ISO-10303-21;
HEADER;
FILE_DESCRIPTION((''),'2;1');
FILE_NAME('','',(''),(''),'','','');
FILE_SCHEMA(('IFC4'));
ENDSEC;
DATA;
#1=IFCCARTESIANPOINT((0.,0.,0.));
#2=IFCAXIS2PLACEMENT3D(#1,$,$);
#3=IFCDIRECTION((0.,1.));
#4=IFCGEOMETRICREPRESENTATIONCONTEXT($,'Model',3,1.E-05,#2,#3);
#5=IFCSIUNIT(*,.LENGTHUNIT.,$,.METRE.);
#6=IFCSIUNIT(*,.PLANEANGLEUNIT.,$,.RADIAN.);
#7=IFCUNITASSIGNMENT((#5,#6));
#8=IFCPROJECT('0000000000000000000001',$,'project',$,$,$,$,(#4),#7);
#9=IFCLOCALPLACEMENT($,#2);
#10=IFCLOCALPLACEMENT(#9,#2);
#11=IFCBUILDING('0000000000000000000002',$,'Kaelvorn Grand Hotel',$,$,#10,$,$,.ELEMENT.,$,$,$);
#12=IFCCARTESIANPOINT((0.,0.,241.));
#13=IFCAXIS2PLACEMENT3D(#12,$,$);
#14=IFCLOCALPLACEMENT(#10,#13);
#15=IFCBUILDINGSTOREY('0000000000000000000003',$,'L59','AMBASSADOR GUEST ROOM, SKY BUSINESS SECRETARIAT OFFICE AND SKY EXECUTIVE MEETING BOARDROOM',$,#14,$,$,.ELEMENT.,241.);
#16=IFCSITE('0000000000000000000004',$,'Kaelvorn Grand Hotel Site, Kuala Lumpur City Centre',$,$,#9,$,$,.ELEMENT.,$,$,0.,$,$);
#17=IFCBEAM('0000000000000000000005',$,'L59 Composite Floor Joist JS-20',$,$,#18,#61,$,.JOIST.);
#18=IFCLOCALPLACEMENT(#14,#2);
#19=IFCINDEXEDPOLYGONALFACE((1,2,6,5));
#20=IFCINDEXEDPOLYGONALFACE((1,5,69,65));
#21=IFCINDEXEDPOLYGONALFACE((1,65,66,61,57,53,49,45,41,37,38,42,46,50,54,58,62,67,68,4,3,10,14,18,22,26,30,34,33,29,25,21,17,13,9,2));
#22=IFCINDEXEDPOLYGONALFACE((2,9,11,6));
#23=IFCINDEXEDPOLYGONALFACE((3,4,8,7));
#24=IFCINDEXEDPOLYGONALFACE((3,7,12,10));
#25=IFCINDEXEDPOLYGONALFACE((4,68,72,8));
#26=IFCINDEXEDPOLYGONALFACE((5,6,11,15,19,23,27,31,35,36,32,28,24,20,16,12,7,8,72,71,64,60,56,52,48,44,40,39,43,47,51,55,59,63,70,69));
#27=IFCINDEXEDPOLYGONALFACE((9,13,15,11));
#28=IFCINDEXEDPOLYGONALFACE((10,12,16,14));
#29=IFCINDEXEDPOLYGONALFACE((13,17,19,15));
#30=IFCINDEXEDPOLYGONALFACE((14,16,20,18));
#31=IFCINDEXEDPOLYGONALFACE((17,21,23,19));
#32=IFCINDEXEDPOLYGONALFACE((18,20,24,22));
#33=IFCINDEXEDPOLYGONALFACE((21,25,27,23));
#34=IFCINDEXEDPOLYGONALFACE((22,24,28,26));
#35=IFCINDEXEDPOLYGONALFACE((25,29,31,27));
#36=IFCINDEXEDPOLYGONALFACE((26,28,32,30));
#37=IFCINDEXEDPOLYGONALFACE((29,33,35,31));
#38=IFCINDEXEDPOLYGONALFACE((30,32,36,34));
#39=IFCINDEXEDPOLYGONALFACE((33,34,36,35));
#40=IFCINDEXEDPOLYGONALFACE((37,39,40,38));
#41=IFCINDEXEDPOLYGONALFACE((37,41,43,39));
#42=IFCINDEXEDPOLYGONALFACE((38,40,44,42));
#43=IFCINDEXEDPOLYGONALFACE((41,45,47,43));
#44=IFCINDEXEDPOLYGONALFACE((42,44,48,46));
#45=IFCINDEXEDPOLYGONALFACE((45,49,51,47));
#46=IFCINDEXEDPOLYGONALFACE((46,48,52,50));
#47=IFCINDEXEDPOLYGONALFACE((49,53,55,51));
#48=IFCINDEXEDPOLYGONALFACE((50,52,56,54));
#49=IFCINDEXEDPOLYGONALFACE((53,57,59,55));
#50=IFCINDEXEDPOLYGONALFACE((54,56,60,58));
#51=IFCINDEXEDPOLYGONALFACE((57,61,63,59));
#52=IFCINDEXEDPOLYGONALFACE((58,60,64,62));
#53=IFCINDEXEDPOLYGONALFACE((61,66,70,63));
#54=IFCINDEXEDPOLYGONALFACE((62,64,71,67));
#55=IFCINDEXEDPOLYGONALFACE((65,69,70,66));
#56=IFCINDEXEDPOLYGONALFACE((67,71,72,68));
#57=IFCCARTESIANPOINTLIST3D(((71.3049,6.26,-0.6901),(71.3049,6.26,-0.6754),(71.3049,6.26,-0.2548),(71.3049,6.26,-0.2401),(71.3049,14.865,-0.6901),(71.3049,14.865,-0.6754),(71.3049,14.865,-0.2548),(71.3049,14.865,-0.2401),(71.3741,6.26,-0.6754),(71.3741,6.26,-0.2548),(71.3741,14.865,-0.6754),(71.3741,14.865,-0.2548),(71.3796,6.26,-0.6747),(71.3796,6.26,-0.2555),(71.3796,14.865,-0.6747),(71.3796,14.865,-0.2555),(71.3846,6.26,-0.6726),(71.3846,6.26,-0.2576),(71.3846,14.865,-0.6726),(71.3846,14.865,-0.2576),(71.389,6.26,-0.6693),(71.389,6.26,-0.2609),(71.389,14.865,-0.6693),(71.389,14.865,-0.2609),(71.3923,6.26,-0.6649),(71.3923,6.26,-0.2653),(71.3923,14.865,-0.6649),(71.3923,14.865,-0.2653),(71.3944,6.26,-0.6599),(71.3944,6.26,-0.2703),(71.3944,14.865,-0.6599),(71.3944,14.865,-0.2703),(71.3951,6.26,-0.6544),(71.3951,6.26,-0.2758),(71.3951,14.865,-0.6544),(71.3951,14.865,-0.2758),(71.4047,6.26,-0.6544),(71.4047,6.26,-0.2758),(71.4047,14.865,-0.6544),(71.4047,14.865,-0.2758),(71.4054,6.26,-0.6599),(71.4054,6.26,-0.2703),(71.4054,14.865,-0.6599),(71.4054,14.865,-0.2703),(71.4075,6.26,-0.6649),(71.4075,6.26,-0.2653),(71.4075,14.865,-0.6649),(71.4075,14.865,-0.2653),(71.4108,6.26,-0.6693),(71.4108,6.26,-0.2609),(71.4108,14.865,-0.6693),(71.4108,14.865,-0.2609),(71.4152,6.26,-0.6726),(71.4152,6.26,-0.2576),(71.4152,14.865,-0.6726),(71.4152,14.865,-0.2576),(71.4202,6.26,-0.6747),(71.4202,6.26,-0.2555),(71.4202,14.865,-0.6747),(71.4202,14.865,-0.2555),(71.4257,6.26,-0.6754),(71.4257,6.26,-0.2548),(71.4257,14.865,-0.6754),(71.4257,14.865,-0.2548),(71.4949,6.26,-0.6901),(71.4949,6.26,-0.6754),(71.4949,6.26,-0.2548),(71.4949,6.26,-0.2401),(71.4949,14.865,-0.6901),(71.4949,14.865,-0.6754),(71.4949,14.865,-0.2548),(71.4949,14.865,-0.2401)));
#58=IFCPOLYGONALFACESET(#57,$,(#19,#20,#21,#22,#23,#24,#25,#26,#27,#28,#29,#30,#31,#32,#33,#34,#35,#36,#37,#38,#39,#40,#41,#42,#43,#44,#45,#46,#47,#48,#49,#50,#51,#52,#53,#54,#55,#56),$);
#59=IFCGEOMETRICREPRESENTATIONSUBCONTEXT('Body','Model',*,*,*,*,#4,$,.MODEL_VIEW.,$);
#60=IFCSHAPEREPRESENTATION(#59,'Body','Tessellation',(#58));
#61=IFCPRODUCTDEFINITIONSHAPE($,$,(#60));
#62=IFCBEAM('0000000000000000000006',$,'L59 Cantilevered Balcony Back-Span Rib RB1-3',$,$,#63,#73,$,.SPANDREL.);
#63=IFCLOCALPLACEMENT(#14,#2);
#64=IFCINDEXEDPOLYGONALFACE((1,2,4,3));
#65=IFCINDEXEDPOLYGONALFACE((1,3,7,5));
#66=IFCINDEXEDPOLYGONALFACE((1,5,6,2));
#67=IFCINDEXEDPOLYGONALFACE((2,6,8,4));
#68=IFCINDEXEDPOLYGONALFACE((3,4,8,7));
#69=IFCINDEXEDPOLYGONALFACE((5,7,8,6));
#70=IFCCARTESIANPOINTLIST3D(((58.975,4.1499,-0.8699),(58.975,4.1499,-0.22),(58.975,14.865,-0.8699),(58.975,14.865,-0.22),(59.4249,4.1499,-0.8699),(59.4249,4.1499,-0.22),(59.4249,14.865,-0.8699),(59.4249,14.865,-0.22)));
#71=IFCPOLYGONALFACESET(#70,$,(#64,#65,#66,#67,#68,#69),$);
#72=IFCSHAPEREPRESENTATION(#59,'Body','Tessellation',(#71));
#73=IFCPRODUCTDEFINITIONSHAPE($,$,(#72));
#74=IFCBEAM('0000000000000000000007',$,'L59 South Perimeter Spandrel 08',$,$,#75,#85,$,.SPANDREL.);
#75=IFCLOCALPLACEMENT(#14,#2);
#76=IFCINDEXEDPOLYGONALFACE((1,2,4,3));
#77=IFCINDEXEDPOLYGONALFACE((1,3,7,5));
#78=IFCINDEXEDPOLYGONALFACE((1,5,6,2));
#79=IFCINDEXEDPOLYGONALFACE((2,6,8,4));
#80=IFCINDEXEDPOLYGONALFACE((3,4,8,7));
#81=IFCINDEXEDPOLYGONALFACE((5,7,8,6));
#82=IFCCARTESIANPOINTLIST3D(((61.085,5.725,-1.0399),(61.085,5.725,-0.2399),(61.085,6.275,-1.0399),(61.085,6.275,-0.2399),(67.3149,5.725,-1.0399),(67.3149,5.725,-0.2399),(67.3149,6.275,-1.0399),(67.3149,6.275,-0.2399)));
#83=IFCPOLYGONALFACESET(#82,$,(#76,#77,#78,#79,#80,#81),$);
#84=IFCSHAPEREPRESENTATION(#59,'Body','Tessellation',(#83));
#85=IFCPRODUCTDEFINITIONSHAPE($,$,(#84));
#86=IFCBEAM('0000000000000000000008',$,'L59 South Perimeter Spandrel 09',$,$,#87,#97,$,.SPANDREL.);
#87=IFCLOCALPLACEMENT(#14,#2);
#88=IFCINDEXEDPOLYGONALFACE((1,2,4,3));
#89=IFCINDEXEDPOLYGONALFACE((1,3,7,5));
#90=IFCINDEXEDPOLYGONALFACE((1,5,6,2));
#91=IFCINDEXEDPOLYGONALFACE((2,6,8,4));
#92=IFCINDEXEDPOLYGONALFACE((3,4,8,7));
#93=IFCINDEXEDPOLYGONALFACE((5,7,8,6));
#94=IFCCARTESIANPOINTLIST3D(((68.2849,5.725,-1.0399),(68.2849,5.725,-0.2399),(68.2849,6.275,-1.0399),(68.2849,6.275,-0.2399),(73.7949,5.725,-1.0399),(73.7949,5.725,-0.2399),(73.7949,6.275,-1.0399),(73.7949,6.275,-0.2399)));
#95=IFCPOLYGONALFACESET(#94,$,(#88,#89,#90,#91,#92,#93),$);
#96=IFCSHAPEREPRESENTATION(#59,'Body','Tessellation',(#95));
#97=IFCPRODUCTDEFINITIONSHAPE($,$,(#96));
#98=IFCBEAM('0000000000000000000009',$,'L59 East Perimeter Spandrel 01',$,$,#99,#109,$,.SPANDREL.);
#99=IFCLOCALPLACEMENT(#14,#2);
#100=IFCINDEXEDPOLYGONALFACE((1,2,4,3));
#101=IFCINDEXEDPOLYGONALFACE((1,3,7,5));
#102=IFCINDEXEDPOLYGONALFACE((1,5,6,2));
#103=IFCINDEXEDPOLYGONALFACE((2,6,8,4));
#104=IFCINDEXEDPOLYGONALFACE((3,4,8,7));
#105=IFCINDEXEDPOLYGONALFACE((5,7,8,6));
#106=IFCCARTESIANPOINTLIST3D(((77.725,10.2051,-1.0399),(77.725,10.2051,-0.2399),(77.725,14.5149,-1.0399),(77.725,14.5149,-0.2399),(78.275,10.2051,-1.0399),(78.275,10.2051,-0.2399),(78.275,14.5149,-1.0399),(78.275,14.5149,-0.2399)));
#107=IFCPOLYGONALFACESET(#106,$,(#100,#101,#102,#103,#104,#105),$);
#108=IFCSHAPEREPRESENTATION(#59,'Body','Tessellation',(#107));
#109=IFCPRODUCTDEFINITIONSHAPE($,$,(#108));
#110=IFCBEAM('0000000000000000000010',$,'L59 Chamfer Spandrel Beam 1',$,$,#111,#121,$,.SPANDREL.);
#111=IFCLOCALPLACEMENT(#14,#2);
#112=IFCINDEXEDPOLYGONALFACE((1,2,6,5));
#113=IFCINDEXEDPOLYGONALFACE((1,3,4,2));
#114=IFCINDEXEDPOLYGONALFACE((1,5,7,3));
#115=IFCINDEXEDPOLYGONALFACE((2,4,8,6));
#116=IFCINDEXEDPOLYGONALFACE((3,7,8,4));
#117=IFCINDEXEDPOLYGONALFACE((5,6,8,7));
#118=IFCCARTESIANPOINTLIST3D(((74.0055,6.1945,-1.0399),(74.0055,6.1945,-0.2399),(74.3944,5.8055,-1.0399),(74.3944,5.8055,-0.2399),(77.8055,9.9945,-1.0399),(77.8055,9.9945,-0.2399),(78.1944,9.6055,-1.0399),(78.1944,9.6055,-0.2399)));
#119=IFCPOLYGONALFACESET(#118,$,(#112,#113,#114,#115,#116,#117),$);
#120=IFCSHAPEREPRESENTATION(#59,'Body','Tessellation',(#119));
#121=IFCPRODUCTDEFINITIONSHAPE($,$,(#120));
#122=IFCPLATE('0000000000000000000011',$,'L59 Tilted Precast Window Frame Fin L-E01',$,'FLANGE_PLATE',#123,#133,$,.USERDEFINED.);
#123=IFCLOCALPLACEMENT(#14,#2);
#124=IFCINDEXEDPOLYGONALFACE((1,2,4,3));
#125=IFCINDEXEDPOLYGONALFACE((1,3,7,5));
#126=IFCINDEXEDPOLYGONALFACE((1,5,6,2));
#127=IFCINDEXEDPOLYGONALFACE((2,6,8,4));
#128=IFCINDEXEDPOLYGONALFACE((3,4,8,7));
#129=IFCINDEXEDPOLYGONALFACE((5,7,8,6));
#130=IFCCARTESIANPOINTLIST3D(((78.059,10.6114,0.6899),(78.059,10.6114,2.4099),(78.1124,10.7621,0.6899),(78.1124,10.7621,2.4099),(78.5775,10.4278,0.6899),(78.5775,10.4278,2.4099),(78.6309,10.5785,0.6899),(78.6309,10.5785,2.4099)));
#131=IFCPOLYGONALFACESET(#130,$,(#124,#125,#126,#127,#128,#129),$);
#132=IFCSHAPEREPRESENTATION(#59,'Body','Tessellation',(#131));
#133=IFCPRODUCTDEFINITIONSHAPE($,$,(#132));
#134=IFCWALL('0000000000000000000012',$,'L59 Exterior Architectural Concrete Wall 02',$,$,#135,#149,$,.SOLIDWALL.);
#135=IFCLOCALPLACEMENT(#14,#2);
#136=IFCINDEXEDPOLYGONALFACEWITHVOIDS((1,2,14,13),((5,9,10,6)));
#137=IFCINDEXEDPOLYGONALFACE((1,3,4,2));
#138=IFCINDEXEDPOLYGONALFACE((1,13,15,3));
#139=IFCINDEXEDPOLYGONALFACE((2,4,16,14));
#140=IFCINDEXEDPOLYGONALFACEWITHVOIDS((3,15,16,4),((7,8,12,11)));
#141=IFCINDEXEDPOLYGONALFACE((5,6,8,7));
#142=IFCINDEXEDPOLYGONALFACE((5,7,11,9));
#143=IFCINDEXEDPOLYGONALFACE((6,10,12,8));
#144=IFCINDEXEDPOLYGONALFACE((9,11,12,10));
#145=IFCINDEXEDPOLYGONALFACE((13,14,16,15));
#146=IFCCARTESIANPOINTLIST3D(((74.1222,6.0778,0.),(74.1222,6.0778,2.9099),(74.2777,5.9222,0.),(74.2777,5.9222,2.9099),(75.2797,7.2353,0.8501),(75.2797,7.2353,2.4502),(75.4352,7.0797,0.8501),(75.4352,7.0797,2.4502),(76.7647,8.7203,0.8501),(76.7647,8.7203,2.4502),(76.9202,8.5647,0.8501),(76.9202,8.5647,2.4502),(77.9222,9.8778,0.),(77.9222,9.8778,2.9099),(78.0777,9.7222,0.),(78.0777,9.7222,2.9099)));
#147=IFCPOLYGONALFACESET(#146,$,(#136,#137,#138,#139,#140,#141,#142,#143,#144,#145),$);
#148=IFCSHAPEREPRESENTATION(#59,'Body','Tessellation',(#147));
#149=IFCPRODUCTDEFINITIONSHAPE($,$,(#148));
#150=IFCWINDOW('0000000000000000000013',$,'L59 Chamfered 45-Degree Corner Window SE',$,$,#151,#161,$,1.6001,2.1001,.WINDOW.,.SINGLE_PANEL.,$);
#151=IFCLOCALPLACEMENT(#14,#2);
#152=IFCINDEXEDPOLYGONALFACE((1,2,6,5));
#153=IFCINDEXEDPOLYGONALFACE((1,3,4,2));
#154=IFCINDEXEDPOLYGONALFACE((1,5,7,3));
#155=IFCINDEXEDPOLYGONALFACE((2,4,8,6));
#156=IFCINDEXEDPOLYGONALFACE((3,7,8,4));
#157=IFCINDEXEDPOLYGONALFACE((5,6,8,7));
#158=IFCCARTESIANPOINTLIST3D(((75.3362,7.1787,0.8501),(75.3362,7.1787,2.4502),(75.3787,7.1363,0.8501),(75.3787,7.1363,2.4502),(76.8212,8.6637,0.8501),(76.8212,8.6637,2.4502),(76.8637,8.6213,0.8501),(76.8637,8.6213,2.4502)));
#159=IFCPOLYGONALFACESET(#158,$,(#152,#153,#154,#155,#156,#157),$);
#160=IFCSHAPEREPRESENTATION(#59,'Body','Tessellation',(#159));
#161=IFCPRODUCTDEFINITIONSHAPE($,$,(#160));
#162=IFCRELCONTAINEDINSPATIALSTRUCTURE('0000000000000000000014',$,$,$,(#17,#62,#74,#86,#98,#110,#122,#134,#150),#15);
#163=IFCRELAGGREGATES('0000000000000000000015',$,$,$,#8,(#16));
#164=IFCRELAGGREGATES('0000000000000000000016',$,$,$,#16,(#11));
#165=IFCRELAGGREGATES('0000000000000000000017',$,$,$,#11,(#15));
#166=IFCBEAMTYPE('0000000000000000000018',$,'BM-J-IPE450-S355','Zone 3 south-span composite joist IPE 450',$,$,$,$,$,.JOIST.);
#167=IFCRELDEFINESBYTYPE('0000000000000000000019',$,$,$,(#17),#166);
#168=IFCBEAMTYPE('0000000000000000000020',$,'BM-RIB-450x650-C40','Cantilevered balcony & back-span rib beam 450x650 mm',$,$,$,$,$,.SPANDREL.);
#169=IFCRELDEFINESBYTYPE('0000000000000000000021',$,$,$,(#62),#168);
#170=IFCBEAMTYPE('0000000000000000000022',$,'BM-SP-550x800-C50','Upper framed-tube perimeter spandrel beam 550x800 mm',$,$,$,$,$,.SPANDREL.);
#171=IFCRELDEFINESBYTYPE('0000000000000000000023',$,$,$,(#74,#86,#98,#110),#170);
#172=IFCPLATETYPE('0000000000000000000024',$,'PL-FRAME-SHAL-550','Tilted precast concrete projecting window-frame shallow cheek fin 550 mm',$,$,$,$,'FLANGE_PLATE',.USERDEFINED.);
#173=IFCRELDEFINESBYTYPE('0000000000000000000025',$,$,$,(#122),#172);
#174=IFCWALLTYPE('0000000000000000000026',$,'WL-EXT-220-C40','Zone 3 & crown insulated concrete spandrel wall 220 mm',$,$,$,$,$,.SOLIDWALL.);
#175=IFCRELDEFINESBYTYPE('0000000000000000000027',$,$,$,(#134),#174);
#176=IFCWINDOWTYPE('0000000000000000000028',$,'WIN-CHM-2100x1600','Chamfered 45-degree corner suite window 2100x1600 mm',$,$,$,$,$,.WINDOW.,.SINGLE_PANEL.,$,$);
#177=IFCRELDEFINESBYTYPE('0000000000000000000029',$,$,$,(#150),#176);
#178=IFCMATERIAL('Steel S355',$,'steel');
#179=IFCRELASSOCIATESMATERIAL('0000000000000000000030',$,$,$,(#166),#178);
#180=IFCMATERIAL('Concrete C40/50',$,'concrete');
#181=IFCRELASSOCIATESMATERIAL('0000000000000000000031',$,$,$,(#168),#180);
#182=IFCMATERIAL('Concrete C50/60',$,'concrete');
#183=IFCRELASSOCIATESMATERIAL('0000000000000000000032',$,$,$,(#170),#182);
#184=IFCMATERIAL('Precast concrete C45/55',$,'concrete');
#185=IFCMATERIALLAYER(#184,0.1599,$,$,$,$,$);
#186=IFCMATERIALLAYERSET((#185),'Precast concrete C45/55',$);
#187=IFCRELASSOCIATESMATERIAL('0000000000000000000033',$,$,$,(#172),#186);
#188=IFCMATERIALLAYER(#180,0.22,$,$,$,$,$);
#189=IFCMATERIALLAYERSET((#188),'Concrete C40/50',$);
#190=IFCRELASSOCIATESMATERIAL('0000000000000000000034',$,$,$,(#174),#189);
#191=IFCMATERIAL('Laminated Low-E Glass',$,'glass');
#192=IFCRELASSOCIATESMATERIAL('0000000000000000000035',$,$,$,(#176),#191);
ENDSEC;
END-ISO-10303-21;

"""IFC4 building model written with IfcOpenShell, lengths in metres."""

from ifc_helpers import new_model, si_unit, direction, frame, frame_2d, origin, origin_2d, place, context, subcontext, project, spatial, rectangle, i_section, extrude, material, layer, layer_set, material_profile, profile_set, type_object, element, fill, save


model = new_model("IFC4")

# Units and contexts
model_context = context("Model", 3, precision=1e-05, world=origin(), true_north=direction((0.0, 1.0)))
body_context = subcontext(model_context, "Body", "Model", "MODEL_VIEW")
ifc_project = project(units=[si_unit("LENGTHUNIT", "METRE"), si_unit("PLANEANGLEUNIT", "RADIAN")], contexts=[model_context])

# Site, building, storey
site_placement = place(None, origin())
site = spatial("IfcSite", under=ifc_project, at=site_placement, Name="Kaelvorn Grand Hotel Site, Kuala Lumpur City Centre", CompositionType="ELEMENT", RefElevation=0.0)
building_placement = place(site_placement, origin())
building = spatial("IfcBuilding", under=site, at=building_placement, Name="Kaelvorn Grand Hotel", CompositionType="ELEMENT")
storey_placement = place(building_placement, frame((0.0, 0.0, 241.0)))
storey = spatial("IfcBuildingStorey", under=building, at=storey_placement, Name="L59", Description="AMBASSADOR GUEST ROOM, SKY BUSINESS SECRETARIAT OFFICE AND SKY EXECUTIVE MEETING BOARDROOM", CompositionType="ELEMENT", Elevation=241.0)

# Shared definitions
ifc_material_1 = material(Name="Concrete C50/60", Category="concrete")

# Beams
ifc_material_2 = material(Name="Steel S355", Category="steel")
ifc_material_profile_1 = material_profile(ifc_material_2, i_section(OverallWidth=0.1899, OverallDepth=0.45, WebThickness=0.0095, FlangeThickness=0.0146, FilletRadius=0.021, at=origin_2d()), Name="IPE 450")
ifc_profile_set_1 = profile_set([ifc_material_profile_1], Name="Steel S355")
beam_type_1 = type_object("IfcBeamType", Name="BM-J-IPE450-S355", Description="Zone 3 south-span composite joist IPE 450", PredefinedType="JOIST", material=ifc_profile_set_1)
beam_1_placement = place(storey_placement, frame((71.3999, 6.26, -0.4651), z_axis=(0.0, 1.0, 0.0), x_axis=(-1.0, 0.0, 0.0)))
element("IfcBeam", 1, at=beam_1_placement, inside=storey, type_object=beam_type_1, Name="L59 Composite Floor Joist JS-20", PredefinedType="JOIST", context=body_context, shape_type="SweptSolid", body=[
    extrude(i_section(OverallWidth=0.1899, OverallDepth=0.45, WebThickness=0.0095, FlangeThickness=0.0146, FilletRadius=0.021, at=origin_2d()), origin(), (0.0, 0.0, 1.0), 8.605),
])
ifc_material_3 = material(Name="Concrete C40/50", Category="concrete")
ifc_material_profile_2 = material_profile(ifc_material_3, rectangle(XDim=0.45, YDim=0.6499, at=origin_2d()), Name="RC RIB 450x650")
ifc_profile_set_2 = profile_set([ifc_material_profile_2], Name="Concrete C40/50")
beam_type_2 = type_object("IfcBeamType", Name="BM-RIB-450x650-C40", Description="Cantilevered balcony & back-span rib beam 450x650 mm", PredefinedType="SPANDREL", material=ifc_profile_set_2)
beam_2_placement = place(storey_placement, frame((59.2, 4.1499, -0.5449), z_axis=(0.0, 1.0, 0.0), x_axis=(-1.0, 0.0, 0.0)))
element("IfcBeam", 2, at=beam_2_placement, inside=storey, type_object=beam_type_2, Name="L59 Cantilevered Balcony Back-Span Rib RB1-3", PredefinedType="SPANDREL", context=body_context, shape_type="SweptSolid", body=[
    extrude(rectangle(XDim=0.45, YDim=0.6499, at=origin_2d()), origin(), (0.0, 0.0, 1.0), 10.7151),
])
ifc_material_profile_3 = material_profile(ifc_material_1, rectangle(XDim=0.55, YDim=0.8, at=origin_2d()), Name="RC SPANDREL 550x800")
ifc_profile_set_3 = profile_set([ifc_material_profile_3], Name="Concrete C50/60")
beam_type_3 = type_object("IfcBeamType", Name="BM-SP-550x800-C50", Description="Upper framed-tube perimeter spandrel beam 550x800 mm", PredefinedType="SPANDREL", material=ifc_profile_set_3)
beam_3_placement = place(storey_placement, frame((61.085, 6.0, -0.6399), z_axis=(1.0, 0.0, 0.0), x_axis=(0.0, 1.0, 0.0)))
element("IfcBeam", 3, at=beam_3_placement, inside=storey, type_object=beam_type_3, Name="L59 South Perimeter Spandrel 08", PredefinedType="SPANDREL", context=body_context, shape_type="SweptSolid", body=[
    extrude(rectangle(XDim=0.55, YDim=0.8, at=origin_2d()), origin(), (0.0, 0.0, 1.0), 6.23),
])
beam_4_placement = place(storey_placement, frame((68.2849, 6.0, -0.6399), z_axis=(1.0, 0.0, 0.0), x_axis=(0.0, 1.0, 0.0)))
element("IfcBeam", 4, at=beam_4_placement, inside=storey, type_object=beam_type_3, Name="L59 South Perimeter Spandrel 09", PredefinedType="SPANDREL", context=body_context, shape_type="SweptSolid", body=[
    extrude(rectangle(XDim=0.55, YDim=0.8, at=origin_2d()), origin(), (0.0, 0.0, 1.0), 5.51),
])
beam_5_placement = place(storey_placement, frame((78.0, 10.2051, -0.6399), z_axis=(0.0, 1.0, 0.0), x_axis=(-1.0, 0.0, 0.0)))
element("IfcBeam", 5, at=beam_5_placement, inside=storey, type_object=beam_type_3, Name="L59 East Perimeter Spandrel 01", PredefinedType="SPANDREL", context=body_context, shape_type="SweptSolid", body=[
    extrude(rectangle(XDim=0.55, YDim=0.8, at=origin_2d()), origin(), (0.0, 0.0, 1.0), 4.3098),
])
beam_6_placement = place(storey_placement, frame((74.2, 6.0, -0.6399), z_axis=(0.707107, 0.707107, 0.0), x_axis=(-0.707107, 0.707107, 0.0)))
element("IfcBeam", 6, at=beam_6_placement, inside=storey, type_object=beam_type_3, Name="L59 Chamfer Spandrel Beam 1", PredefinedType="SPANDREL", context=body_context, shape_type="SweptSolid", body=[
    extrude(rectangle(XDim=0.55, YDim=0.8, at=origin_2d()), origin(), (0.0, 0.0, 1.0), 5.374),
])

# Plate
ifc_material_4 = material(Name="Precast concrete C45/55", Category="concrete")
ifc_layer_1 = layer(ifc_material_4, 0.1599)
ifc_layer_set_1 = layer_set([ifc_layer_1], Name="Precast concrete C45/55")
plate_type = type_object("IfcPlateType", Name="PL-FRAME-SHAL-550", Description="Tilted precast concrete projecting window-frame shallow cheek fin 550 mm", ElementType="FLANGE_PLATE", PredefinedType="USERDEFINED", material=ifc_layer_set_1)
plate_placement = place(storey_placement, frame((78.345, 10.595, 0.6899), z_axis=(0.0, 0.0, 1.0), x_axis=(0.333807, 0.942641, 0.0)))
element("IfcPlate", 7, at=plate_placement, inside=storey, type_object=plate_type, Name="L59 Tilted Precast Window Frame Fin L-E01", ObjectType="FLANGE_PLATE", PredefinedType="USERDEFINED", context=body_context, shape_type="SweptSolid", body=[
    extrude(rectangle(XDim=0.1599, YDim=0.55, at=origin_2d()), origin(), (0.0, 0.0, 1.0), 1.72),
])

# Wall, opening, window
ifc_layer_2 = layer(ifc_material_3, 0.22)
ifc_layer_set_2 = layer_set([ifc_layer_2], Name="Concrete C40/50")
wall_type_1 = type_object("IfcWallType", Name="WL-EXT-220-C40", Description="Zone 3 & crown insulated concrete spandrel wall 220 mm", PredefinedType="SOLIDWALL", material=ifc_layer_set_2)
wall_1_placement = place(storey_placement, frame((74.2, 6.0, 0.0), z_axis=(0.0, 0.0, 1.0), x_axis=(0.707107, 0.707107, 0.0)))
wall_1 = element("IfcWall", 8, at=wall_1_placement, inside=storey, type_object=wall_type_1, Name="L59 Exterior Architectural Concrete Wall 02", PredefinedType="SOLIDWALL", context=body_context, shape_type="SweptSolid", body=[
    extrude(rectangle(XDim=5.374, YDim=0.22, at=frame_2d((2.687, 0.0))), origin(), (0.0, 0.0, 1.0), 2.9099),
])
opening_1_placement = place(wall_1_placement, frame((1.637, 0.0, 0.8501)))
opening_1 = element("IfcOpeningElement", 9, at=opening_1_placement, cuts=wall_1, PredefinedType="OPENING", context=body_context, shape_type="SweptSolid", body=[
    extrude(rectangle(XDim=2.1001, YDim=1.6001, at=frame_2d((1.05, 0.8))), frame((0.0, 0.1201, 0.0), z_axis=(0.0, -1.0, 0.0), x_axis=(1.0, 0.0, 0.0)), (0.0, 0.0, 1.0), 0.24),
])
ifc_material_5 = material(Name="Laminated Low-E Glass", Category="glass")
window_type_1 = type_object("IfcWindowType", Name="WIN-CHM-2100x1600", Description="Chamfered 45-degree corner suite window 2100x1600 mm", PartitioningType="SINGLE_PANEL", PredefinedType="WINDOW", material=ifc_material_5)
window_1_placement = place(opening_1_placement, origin())
window_1 = element("IfcWindow", 10, at=window_1_placement, inside=storey, type_object=window_type_1, Name="L59 Chamfered 45-Degree Corner Window SE", OverallHeight=1.6001, OverallWidth=2.1001, PartitioningType="SINGLE_PANEL", PredefinedType="WINDOW", context=body_context, shape_type="SweptSolid", body=[
    extrude(rectangle(XDim=2.1001, YDim=1.6001, at=frame_2d((1.05, 0.8))), frame((0.0, 0.03, 0.0), z_axis=(0.0, -1.0, 0.0), x_axis=(1.0, 0.0, 0.0)), (0.0, 0.0, 1.0), 0.0601),
])
fill(opening_1, window_1)

save(model, "model.ifc")
